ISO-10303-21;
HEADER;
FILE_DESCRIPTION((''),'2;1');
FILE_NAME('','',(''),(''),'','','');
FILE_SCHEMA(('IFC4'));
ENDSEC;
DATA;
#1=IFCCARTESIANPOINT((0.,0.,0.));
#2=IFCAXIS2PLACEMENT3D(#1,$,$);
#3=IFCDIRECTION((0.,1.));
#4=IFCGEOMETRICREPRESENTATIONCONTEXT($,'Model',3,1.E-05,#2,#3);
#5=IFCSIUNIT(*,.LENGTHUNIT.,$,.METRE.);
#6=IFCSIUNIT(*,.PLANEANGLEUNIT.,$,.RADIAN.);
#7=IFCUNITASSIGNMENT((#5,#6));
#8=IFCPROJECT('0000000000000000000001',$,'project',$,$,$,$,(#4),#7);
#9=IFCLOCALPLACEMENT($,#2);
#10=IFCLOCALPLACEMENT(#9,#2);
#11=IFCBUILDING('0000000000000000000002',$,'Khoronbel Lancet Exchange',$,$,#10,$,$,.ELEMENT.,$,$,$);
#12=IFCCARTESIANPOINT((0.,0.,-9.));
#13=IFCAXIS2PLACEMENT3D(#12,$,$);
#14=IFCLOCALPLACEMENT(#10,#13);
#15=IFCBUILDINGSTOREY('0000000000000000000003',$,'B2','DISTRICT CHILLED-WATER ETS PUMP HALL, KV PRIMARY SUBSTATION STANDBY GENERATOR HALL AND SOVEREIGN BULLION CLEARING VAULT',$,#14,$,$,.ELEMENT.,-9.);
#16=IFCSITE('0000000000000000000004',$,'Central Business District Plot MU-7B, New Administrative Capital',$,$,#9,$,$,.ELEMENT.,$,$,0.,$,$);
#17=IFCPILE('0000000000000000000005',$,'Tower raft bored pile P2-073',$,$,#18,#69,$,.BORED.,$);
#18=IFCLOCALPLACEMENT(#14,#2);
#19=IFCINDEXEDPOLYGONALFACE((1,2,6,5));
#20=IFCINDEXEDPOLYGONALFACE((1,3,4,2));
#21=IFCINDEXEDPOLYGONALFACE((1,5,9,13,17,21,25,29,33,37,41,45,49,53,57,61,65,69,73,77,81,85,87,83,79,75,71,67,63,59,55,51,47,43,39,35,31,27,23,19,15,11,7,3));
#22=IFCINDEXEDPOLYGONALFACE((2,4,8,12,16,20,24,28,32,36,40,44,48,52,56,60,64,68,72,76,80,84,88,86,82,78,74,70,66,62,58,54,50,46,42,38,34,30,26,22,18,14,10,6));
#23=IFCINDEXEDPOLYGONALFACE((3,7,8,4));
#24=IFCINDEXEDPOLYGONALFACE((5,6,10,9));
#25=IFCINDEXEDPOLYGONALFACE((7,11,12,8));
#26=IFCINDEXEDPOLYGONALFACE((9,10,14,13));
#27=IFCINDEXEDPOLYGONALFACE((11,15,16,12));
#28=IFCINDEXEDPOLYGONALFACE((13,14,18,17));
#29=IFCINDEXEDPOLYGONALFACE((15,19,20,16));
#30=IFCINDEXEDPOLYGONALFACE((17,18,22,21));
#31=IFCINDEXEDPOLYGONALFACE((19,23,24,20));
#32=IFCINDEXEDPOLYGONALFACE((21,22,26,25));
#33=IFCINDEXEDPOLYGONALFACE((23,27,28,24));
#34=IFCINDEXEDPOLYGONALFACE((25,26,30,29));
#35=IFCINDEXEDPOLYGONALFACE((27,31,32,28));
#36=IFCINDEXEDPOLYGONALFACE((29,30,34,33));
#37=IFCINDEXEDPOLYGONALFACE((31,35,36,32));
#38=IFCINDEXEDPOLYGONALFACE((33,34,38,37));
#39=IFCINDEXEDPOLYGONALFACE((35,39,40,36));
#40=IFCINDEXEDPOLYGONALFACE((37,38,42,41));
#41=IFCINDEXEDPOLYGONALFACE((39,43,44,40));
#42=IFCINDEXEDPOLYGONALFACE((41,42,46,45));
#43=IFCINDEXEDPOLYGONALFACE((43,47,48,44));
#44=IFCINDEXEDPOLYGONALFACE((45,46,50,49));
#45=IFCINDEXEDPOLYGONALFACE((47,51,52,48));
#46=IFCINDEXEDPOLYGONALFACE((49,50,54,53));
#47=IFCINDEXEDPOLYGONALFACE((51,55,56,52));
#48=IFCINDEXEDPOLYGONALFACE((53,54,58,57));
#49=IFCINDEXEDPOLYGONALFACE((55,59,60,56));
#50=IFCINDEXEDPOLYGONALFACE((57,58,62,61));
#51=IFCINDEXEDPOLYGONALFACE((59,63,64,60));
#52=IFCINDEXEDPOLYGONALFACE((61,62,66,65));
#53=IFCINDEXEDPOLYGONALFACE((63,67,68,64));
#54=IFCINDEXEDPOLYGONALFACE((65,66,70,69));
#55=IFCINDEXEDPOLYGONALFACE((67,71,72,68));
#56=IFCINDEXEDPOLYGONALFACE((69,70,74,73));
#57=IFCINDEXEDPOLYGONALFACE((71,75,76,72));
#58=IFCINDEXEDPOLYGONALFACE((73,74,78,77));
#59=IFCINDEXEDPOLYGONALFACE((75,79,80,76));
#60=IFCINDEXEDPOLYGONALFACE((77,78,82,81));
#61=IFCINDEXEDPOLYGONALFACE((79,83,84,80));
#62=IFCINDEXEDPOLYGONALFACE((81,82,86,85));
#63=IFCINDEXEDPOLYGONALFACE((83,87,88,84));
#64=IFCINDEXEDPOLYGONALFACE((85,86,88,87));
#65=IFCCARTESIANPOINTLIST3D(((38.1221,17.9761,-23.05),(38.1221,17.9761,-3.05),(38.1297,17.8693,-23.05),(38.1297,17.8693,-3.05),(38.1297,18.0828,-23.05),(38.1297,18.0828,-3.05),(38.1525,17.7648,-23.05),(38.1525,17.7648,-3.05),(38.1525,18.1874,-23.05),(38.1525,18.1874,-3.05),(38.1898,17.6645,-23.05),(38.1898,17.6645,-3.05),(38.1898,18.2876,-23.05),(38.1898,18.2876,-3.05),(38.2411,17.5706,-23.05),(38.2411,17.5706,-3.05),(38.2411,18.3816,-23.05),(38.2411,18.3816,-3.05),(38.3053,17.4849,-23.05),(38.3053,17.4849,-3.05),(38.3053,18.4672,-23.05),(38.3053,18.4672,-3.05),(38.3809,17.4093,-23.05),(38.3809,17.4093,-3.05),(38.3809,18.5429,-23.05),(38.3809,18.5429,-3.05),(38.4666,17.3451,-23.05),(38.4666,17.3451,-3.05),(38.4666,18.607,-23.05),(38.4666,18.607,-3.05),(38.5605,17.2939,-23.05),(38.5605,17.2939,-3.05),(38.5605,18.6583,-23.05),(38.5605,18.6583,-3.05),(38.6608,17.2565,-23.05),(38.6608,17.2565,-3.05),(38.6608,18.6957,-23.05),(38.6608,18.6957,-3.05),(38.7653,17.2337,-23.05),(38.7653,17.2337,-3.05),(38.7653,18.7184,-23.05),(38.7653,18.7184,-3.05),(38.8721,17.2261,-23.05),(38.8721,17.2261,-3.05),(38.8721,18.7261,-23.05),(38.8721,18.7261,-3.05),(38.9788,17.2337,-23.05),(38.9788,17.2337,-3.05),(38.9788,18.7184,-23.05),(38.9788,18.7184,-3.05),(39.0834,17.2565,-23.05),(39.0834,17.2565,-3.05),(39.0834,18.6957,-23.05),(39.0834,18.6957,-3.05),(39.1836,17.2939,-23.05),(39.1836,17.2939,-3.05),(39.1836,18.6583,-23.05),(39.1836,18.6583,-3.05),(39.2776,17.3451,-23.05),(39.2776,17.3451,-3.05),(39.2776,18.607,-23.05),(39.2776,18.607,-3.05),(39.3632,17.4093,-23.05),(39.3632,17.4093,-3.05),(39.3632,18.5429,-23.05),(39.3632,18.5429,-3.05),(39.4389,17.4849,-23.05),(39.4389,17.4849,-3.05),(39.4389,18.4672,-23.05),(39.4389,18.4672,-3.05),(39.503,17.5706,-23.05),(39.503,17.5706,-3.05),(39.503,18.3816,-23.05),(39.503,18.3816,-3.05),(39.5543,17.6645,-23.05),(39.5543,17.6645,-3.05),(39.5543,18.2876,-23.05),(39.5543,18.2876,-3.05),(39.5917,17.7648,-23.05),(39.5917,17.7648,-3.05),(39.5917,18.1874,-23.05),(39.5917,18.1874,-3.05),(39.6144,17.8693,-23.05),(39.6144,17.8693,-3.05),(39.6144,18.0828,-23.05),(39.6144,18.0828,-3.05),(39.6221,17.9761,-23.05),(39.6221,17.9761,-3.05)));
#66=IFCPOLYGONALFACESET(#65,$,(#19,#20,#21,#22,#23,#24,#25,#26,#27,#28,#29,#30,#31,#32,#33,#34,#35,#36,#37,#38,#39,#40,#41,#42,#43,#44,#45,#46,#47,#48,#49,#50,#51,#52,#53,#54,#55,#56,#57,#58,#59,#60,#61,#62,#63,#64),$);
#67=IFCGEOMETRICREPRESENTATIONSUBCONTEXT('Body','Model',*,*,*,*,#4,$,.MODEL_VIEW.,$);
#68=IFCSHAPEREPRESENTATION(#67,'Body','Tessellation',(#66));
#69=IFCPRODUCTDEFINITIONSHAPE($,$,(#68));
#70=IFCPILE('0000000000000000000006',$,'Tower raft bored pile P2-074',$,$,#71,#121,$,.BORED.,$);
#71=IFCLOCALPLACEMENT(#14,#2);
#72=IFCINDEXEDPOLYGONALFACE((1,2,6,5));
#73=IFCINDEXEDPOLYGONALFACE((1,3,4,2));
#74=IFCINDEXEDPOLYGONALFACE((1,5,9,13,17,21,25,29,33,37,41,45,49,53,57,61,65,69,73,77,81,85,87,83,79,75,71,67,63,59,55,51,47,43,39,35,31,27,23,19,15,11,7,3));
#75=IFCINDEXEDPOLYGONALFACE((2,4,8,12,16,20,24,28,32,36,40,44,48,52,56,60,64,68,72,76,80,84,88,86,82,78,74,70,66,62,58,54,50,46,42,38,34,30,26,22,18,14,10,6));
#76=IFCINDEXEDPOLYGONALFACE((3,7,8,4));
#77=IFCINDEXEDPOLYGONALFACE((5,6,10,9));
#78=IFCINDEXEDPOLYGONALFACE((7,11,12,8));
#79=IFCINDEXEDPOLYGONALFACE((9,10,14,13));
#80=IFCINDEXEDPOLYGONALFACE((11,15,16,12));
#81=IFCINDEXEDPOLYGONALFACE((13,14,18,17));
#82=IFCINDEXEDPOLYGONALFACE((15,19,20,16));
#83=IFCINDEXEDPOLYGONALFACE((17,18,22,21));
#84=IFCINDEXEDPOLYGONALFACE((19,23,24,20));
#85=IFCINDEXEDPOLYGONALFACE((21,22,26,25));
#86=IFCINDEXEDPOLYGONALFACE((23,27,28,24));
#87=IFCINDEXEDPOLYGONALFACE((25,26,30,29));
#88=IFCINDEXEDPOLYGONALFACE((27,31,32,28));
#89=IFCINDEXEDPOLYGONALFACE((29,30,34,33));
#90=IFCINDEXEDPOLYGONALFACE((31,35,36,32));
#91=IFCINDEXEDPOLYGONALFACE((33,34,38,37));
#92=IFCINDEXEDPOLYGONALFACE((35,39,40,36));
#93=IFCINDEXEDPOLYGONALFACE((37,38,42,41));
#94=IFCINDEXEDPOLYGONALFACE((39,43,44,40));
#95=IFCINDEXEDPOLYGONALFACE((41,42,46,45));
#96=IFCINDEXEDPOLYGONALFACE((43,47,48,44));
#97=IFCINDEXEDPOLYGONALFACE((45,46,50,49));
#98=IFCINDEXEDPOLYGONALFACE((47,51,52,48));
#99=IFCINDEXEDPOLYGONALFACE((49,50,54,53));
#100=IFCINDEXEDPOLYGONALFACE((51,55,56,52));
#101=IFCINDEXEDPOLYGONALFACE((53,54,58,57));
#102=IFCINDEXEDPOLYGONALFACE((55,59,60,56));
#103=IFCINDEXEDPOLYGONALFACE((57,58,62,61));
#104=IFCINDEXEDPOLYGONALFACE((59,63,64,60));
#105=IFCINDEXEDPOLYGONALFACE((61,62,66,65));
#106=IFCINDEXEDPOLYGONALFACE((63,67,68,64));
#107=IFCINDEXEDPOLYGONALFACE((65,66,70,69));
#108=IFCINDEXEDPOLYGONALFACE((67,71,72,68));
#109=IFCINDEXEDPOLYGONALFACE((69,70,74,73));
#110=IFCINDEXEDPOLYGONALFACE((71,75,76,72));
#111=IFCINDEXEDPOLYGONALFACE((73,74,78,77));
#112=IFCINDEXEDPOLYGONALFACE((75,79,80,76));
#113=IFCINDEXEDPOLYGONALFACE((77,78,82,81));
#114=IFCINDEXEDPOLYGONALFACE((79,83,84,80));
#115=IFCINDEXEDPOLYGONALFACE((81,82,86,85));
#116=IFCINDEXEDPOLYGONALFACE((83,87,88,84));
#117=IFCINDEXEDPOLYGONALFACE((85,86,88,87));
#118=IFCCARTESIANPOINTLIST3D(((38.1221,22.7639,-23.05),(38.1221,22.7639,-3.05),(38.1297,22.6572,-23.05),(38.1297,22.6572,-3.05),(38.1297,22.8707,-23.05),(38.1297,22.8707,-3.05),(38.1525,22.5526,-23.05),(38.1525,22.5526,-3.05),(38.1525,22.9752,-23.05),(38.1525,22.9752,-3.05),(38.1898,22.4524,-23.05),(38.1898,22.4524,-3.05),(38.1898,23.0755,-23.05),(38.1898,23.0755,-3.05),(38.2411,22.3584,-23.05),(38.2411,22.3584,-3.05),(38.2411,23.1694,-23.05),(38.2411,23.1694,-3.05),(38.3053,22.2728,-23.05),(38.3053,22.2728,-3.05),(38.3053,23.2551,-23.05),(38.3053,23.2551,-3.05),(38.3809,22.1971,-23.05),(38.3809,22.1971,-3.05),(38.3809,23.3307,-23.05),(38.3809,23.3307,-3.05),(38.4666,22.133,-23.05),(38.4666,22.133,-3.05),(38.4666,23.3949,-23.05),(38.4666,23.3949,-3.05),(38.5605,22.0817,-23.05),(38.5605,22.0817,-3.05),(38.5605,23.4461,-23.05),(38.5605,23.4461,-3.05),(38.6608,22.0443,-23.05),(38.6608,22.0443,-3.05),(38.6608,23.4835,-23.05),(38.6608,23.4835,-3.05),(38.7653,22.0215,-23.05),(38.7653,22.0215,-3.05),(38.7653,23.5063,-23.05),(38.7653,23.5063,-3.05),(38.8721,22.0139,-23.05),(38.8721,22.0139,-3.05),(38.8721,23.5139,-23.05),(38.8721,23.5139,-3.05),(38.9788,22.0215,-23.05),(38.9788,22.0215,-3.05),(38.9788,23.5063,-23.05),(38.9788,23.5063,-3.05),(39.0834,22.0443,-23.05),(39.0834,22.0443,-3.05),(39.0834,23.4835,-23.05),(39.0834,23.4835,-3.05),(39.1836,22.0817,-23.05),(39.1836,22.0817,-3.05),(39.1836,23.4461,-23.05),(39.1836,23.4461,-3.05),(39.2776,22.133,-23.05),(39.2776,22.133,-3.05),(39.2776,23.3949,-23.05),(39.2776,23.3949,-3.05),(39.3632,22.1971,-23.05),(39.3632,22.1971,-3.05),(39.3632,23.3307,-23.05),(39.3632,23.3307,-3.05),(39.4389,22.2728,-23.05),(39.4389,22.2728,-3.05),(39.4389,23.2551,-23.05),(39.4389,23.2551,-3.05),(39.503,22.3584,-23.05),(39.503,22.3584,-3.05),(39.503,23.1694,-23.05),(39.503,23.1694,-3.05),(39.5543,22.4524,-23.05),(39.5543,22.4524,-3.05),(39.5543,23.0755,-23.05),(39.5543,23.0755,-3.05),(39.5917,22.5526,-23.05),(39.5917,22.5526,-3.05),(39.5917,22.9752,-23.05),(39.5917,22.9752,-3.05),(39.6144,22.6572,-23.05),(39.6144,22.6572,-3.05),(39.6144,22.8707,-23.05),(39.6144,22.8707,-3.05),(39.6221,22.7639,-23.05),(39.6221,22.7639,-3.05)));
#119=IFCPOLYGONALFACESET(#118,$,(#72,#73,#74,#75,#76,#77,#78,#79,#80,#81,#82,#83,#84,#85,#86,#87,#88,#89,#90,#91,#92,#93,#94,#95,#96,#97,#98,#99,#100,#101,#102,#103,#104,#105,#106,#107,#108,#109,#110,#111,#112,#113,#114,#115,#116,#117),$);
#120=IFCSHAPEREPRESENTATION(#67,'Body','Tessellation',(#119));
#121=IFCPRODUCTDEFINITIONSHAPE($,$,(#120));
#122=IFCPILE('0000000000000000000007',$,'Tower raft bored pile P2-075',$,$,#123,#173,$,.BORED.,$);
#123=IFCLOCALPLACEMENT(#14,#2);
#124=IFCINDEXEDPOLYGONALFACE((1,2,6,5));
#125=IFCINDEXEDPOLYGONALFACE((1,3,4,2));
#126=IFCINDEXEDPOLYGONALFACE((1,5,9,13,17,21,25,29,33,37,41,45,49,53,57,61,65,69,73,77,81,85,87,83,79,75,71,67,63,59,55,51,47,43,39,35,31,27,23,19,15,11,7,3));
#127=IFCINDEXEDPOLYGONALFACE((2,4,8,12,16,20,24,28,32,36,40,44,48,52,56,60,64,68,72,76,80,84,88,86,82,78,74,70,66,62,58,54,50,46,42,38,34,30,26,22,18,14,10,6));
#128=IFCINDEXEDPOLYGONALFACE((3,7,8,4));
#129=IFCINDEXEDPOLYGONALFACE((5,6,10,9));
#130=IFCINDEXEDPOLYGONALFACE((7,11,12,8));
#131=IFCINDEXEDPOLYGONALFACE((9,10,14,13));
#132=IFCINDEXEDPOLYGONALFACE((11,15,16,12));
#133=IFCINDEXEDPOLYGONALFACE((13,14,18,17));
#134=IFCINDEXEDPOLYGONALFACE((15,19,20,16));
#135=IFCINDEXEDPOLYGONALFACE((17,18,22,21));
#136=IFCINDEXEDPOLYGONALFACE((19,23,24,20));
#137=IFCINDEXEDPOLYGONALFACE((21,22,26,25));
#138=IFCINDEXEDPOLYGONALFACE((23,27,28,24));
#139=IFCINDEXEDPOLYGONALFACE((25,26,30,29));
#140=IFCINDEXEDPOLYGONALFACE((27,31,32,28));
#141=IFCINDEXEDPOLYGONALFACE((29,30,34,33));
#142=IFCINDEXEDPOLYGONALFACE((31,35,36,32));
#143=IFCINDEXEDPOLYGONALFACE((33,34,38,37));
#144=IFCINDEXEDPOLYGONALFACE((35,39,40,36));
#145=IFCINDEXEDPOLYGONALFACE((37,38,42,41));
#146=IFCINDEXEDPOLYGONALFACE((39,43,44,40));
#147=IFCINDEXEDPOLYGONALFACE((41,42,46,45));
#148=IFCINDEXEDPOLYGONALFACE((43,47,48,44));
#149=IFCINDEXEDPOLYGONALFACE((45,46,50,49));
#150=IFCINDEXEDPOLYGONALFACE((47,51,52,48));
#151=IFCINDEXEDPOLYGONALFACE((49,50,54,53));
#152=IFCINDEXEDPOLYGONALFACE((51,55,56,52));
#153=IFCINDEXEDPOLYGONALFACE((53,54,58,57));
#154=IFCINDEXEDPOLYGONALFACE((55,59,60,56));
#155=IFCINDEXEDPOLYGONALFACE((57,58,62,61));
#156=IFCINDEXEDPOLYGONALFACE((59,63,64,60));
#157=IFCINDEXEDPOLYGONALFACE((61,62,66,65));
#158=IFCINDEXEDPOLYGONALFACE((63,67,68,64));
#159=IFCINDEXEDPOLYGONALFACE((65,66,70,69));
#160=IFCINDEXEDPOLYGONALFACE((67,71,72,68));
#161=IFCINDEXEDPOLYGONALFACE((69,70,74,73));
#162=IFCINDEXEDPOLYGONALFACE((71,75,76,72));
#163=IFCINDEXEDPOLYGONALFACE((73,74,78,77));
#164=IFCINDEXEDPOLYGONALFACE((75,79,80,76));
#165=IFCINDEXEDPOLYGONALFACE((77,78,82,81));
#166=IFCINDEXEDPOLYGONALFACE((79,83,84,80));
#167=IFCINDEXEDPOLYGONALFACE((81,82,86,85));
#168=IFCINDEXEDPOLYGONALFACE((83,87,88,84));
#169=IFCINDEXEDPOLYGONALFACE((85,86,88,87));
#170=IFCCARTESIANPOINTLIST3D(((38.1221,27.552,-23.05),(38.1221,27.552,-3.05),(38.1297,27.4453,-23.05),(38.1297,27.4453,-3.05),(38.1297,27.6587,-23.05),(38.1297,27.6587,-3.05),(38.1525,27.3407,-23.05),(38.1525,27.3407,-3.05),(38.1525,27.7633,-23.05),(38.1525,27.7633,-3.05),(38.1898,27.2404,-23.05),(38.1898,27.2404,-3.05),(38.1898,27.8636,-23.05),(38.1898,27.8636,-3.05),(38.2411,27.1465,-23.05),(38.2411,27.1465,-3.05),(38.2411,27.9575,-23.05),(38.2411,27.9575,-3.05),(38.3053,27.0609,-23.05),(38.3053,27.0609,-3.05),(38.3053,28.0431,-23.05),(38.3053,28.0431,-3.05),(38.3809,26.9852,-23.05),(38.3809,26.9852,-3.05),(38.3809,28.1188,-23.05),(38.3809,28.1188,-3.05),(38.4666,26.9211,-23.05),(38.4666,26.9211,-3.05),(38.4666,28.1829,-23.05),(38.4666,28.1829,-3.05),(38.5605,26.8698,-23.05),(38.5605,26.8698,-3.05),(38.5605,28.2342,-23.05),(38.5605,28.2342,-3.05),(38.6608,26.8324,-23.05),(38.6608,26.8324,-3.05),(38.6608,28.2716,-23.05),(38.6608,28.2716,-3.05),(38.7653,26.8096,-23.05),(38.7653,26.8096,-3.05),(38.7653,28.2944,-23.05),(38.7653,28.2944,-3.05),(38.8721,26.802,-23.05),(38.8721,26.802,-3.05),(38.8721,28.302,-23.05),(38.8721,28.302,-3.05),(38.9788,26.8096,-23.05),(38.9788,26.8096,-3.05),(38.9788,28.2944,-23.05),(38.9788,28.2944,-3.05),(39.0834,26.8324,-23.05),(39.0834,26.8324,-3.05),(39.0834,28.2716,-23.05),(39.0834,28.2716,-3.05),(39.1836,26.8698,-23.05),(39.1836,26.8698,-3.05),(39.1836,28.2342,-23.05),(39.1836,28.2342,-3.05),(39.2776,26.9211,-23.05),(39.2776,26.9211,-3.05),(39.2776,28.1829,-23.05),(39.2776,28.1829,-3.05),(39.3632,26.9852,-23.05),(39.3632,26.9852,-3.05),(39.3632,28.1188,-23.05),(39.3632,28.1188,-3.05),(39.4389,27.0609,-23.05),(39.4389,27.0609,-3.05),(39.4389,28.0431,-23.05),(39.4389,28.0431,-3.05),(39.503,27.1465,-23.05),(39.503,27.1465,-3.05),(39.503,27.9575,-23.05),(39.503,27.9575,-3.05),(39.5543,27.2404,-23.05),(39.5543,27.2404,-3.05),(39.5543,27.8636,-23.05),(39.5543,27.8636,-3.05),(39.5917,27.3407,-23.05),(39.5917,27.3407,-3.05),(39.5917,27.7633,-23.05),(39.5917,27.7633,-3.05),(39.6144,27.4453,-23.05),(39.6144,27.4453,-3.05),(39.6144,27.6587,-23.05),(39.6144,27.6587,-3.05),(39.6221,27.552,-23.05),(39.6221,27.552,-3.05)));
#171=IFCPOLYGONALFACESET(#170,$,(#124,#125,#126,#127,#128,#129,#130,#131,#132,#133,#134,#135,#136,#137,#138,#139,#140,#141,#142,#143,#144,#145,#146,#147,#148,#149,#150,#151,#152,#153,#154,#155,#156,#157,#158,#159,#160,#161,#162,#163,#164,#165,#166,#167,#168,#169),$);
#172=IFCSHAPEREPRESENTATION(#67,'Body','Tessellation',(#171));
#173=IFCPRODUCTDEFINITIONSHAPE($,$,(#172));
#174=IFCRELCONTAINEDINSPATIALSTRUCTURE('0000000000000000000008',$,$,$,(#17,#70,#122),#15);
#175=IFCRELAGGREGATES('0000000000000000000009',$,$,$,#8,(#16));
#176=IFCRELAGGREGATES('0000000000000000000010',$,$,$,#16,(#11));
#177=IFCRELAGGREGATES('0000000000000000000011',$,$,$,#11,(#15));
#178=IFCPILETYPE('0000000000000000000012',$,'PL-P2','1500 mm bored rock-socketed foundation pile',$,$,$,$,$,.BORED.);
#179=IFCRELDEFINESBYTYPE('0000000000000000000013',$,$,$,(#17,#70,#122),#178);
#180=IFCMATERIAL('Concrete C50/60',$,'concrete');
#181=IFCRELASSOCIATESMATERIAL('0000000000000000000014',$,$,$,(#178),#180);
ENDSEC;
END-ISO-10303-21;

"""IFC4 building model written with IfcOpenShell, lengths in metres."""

from ifc_helpers import new_model, si_unit, direction, frame, origin, origin_2d, place, context, subcontext, project, spatial, circle, extrude, material, material_profile, profile_set, type_object, element, save


model = new_model("IFC4")

# Units and contexts
model_context = context("Model", 3, precision=1e-05, world=origin(), true_north=direction((0.0, 1.0)))
body_context = subcontext(model_context, "Body", "Model", "MODEL_VIEW")
ifc_project = project(units=[si_unit("LENGTHUNIT", "METRE"), si_unit("PLANEANGLEUNIT", "RADIAN")], contexts=[model_context])

# Site, building, storey
site_placement = place(None, origin())
site = spatial("IfcSite", under=ifc_project, at=site_placement, Name="Central Business District Plot MU-7B, New Administrative Capital", CompositionType="ELEMENT", RefElevation=0.0)
building_placement = place(site_placement, origin())
building = spatial("IfcBuilding", under=site, at=building_placement, Name="Khoronbel Lancet Exchange", CompositionType="ELEMENT")
storey_placement = place(building_placement, frame((0.0, 0.0, -9.0)))
storey = spatial("IfcBuildingStorey", under=building, at=storey_placement, Name="B2", Description="DISTRICT CHILLED-WATER ETS PUMP HALL, KV PRIMARY SUBSTATION STANDBY GENERATOR HALL AND SOVEREIGN BULLION CLEARING VAULT", CompositionType="ELEMENT", Elevation=-9.0)

# Piles
ifc_material = material(Name="Concrete C50/60", Category="concrete")
ifc_material_profile = material_profile(ifc_material, circle(Radius=0.75, at=origin_2d()), Name="BORED PILE D1500")
ifc_profile_set = profile_set([ifc_material_profile], Name="Concrete C50/60")
pile_type = type_object("IfcPileType", Name="PL-P2", Description="1500 mm bored rock-socketed foundation pile", PredefinedType="BORED", material=ifc_profile_set)
for number, where, z_axis, x_axis, name in (
    (1, (38.8721, 17.9761, -3.05), (0.0, 0.0, -1.0), (1.0, 0.0, 0.0), "Tower raft bored pile P2-073"),
    (2, (38.8721, 22.7639, -3.05), (0.0, 0.0, -1.0), (1.0, 0.0, 0.0), "Tower raft bored pile P2-074"),
    (3, (38.8721, 27.552, -3.05), (0.0, 0.0, -1.0), (1.0, 0.0, 0.0), "Tower raft bored pile P2-075"),
):
    element("IfcPile", number, at=place(storey_placement, frame(where, z_axis=z_axis, x_axis=x_axis)), inside=storey, type_object=pile_type, Name=name, PredefinedType="BORED", context=body_context, shape_type="SweptSolid", body=[
        extrude(circle(Radius=0.75, at=origin_2d()), origin(), (0.0, 0.0, 1.0), 20.0),
    ])

save(model, "model.ifc")
